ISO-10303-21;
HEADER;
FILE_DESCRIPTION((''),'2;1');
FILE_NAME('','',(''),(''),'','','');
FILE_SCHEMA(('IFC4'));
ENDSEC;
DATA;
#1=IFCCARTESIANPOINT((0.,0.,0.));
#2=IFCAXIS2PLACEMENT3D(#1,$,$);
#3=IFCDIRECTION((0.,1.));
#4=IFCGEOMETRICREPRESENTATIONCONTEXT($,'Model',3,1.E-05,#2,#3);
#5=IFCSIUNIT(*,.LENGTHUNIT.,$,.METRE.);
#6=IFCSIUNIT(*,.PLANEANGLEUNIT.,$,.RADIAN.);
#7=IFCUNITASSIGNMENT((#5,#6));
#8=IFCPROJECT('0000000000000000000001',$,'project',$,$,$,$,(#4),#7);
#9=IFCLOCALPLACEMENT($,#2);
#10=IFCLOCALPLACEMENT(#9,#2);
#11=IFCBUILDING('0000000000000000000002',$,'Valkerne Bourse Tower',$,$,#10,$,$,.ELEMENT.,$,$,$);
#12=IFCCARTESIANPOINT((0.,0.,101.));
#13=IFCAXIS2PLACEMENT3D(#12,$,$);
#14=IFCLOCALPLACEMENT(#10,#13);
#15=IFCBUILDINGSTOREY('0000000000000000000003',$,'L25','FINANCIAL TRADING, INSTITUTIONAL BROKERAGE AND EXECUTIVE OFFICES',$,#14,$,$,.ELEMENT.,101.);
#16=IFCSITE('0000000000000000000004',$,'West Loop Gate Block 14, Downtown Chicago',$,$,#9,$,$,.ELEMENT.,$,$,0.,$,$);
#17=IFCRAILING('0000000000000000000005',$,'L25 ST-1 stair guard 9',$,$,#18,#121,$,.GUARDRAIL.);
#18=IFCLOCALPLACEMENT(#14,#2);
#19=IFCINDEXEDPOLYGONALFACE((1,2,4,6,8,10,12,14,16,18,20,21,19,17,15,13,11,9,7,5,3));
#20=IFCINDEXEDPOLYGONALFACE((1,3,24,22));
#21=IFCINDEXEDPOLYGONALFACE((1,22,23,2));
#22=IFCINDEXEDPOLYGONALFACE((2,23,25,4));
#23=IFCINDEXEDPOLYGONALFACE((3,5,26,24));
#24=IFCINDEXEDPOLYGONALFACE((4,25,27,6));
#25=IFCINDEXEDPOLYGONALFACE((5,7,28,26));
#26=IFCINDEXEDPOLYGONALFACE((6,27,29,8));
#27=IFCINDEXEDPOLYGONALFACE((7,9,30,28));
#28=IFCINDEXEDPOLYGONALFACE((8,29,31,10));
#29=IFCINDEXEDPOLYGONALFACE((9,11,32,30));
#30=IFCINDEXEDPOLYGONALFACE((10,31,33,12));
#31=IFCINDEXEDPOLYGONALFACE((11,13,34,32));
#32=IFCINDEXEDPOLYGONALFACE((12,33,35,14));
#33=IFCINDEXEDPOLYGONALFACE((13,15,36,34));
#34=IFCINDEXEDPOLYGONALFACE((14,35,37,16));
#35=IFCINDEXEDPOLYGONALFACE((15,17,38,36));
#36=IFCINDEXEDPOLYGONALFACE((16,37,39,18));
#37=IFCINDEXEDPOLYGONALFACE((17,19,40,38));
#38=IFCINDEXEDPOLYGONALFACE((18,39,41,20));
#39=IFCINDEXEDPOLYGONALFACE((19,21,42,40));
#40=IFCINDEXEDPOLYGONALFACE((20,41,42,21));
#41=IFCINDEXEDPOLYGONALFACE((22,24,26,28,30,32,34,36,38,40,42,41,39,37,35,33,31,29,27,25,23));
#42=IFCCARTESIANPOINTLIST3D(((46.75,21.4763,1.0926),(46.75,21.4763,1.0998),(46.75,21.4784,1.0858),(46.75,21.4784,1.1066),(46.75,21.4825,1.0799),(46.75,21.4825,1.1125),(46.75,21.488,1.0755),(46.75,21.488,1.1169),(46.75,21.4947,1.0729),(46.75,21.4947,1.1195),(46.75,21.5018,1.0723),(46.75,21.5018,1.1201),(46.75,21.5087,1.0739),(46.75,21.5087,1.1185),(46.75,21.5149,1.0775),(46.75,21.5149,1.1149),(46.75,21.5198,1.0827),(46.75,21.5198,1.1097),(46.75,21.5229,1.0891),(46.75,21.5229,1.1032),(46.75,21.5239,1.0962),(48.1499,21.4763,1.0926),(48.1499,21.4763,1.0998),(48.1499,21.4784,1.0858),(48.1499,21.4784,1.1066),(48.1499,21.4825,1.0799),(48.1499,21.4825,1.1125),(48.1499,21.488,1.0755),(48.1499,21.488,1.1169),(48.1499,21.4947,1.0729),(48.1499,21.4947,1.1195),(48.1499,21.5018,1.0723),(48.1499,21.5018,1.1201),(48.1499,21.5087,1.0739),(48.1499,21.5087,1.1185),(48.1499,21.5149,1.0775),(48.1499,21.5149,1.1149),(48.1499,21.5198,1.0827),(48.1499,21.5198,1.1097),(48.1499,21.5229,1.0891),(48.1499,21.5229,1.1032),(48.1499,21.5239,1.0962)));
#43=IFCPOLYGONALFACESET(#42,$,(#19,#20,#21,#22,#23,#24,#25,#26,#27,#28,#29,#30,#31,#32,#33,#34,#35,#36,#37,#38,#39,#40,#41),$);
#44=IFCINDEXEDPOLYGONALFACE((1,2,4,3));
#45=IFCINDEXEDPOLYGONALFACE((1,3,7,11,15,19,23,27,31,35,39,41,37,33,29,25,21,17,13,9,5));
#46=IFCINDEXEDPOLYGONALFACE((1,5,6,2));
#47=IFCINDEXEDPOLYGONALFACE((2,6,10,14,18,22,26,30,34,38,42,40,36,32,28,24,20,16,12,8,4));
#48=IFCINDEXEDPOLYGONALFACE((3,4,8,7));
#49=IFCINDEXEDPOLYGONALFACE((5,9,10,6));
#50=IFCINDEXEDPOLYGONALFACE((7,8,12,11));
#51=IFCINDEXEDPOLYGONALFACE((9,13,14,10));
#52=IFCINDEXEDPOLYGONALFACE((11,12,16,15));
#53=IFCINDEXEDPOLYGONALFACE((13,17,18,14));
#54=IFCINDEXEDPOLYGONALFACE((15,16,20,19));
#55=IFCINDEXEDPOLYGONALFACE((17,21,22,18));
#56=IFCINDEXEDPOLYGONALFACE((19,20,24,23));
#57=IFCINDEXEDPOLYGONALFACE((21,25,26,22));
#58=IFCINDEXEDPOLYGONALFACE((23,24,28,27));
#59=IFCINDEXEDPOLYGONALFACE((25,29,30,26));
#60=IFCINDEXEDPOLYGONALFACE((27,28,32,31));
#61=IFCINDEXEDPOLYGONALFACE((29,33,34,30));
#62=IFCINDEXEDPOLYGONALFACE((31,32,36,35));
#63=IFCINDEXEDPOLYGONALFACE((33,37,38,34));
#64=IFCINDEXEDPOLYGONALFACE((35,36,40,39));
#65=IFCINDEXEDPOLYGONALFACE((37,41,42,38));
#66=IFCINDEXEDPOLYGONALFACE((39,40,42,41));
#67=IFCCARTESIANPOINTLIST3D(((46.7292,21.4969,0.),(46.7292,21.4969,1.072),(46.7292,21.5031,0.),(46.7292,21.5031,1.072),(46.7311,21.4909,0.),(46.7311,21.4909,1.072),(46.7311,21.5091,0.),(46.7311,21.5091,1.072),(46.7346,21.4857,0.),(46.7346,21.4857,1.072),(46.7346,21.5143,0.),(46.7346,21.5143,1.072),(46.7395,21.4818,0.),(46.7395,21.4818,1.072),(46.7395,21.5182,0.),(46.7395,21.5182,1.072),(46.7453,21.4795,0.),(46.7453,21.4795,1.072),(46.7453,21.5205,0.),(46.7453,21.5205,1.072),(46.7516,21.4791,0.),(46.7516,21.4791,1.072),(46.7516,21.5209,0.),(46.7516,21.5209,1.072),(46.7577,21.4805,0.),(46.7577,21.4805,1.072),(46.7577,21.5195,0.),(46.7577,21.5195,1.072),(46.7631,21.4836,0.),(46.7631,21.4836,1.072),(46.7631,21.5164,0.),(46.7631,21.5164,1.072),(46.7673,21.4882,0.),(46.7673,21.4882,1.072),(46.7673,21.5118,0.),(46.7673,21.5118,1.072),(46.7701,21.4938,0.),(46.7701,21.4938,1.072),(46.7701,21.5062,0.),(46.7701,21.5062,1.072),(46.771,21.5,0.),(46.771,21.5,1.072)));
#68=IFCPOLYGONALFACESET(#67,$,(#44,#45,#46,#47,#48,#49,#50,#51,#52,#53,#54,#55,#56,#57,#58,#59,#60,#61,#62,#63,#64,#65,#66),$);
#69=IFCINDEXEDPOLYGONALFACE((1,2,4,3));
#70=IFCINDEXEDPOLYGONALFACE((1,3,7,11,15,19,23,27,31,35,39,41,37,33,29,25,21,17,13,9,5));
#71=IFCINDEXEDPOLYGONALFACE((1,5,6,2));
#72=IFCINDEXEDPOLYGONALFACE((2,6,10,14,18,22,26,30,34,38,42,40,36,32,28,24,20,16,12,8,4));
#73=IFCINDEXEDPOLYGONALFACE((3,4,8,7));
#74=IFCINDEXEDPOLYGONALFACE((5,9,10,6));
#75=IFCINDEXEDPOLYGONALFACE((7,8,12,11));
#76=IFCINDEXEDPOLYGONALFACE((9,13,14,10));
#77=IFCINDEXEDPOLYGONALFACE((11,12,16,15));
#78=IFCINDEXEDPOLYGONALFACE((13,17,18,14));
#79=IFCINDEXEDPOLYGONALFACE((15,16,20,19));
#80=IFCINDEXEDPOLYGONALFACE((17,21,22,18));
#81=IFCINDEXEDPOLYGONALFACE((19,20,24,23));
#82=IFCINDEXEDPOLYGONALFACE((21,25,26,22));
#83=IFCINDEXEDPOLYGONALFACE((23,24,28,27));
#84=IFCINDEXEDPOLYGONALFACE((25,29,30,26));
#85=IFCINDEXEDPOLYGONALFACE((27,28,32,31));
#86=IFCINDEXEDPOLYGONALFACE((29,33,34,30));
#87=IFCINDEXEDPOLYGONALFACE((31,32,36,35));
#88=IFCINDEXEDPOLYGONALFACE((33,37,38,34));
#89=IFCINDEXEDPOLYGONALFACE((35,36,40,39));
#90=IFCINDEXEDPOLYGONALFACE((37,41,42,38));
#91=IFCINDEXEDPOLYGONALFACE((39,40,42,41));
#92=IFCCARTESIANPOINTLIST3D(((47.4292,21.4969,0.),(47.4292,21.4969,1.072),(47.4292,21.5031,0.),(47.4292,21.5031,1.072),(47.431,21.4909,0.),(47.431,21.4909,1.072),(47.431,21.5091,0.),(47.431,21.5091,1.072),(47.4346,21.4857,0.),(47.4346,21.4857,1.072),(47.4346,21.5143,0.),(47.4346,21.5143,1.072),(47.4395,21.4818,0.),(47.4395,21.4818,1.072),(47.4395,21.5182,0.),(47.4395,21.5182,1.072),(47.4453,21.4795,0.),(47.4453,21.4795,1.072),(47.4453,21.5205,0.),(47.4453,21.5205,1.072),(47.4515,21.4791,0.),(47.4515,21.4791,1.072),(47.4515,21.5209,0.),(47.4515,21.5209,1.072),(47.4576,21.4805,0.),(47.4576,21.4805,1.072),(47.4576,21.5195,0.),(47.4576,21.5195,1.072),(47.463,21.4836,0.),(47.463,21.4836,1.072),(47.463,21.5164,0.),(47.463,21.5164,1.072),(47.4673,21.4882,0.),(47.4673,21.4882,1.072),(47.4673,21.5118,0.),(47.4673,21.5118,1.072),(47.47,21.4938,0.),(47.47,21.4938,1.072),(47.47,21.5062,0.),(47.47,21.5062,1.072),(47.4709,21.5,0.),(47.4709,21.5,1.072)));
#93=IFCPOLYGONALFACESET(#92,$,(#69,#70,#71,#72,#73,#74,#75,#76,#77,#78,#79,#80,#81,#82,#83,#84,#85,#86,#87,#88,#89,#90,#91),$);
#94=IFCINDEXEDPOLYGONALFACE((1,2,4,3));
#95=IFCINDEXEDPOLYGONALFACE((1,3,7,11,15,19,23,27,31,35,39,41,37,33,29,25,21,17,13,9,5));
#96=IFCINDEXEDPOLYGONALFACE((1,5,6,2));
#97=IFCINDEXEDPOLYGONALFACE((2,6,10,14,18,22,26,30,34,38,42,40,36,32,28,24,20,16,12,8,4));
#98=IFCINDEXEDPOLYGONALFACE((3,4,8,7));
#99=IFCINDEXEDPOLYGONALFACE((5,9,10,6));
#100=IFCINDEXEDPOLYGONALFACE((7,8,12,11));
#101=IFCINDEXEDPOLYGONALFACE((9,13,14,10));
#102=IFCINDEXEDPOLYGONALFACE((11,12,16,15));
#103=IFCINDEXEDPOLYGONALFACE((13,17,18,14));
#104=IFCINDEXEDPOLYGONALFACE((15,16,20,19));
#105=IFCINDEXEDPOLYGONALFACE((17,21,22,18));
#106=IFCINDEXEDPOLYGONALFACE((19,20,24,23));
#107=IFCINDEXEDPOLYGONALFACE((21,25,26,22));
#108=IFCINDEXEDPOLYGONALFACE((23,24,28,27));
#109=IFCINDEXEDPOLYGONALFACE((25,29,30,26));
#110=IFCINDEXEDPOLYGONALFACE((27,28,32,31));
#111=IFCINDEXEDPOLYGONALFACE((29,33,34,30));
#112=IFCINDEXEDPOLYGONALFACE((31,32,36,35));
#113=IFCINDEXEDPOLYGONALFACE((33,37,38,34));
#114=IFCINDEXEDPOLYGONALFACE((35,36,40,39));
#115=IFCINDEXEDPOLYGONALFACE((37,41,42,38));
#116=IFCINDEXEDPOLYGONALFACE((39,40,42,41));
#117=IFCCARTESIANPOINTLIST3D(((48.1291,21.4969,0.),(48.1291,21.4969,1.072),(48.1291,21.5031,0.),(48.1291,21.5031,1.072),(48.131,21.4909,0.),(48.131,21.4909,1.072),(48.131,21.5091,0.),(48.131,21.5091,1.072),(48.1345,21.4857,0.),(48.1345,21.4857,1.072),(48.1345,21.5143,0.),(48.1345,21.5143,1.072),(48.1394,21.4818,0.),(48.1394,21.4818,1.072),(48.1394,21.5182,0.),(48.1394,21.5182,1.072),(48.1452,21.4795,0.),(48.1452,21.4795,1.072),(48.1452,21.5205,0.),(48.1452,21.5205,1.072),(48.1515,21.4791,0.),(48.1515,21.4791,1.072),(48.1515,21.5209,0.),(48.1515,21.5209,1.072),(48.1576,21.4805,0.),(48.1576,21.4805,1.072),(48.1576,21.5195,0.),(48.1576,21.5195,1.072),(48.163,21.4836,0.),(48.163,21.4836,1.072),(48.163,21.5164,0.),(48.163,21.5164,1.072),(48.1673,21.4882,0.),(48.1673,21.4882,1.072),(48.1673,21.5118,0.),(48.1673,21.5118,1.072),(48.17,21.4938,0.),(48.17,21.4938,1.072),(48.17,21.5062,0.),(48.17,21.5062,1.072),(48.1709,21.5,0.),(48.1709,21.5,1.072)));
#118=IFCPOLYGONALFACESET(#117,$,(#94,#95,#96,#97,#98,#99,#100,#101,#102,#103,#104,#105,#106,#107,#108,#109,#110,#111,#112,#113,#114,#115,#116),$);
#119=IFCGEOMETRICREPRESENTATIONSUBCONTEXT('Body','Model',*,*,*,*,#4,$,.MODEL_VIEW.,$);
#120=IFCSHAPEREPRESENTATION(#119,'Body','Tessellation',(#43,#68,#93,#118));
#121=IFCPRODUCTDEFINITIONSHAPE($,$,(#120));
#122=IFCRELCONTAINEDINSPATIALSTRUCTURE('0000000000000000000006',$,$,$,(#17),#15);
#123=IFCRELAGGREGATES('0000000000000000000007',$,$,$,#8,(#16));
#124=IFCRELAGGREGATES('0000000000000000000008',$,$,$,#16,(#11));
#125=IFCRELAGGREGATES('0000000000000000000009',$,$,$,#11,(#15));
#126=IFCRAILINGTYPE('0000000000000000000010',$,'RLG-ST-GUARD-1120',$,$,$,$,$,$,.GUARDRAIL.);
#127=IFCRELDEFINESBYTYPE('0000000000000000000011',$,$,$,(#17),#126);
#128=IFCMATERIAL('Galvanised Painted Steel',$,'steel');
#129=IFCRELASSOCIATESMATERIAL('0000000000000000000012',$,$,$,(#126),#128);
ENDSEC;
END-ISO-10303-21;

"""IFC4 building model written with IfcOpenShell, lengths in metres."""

from ifc_helpers import new_model, si_unit, direction, frame, origin, origin_2d, place, context, subcontext, project, spatial, circle, extrude, material, type_object, element, save


model = new_model("IFC4")

# Units and contexts
model_context = context("Model", 3, precision=1e-05, world=origin(), true_north=direction((0.0, 1.0)))
body_context = subcontext(model_context, "Body", "Model", "MODEL_VIEW")
ifc_project = project(units=[si_unit("LENGTHUNIT", "METRE"), si_unit("PLANEANGLEUNIT", "RADIAN")], contexts=[model_context])

# Site, building, storey
site_placement = place(None, origin())
site = spatial("IfcSite", under=ifc_project, at=site_placement, Name="West Loop Gate Block 14, Downtown Chicago", CompositionType="ELEMENT", RefElevation=0.0)
building_placement = place(site_placement, origin())
building = spatial("IfcBuilding", under=site, at=building_placement, Name="Valkerne Bourse Tower", CompositionType="ELEMENT")
storey_placement = place(building_placement, frame((0.0, 0.0, 101.0)))
storey = spatial("IfcBuildingStorey", under=building, at=storey_placement, Name="L25", Description="FINANCIAL TRADING, INSTITUTIONAL BROKERAGE AND EXECUTIVE OFFICES", CompositionType="ELEMENT", Elevation=101.0)

# Shared definitions
ifc_material_1 = material(Name="Galvanised Painted Steel", Category="steel")

# Railing
railing_type_1 = type_object("IfcRailingType", Name="RLG-ST-GUARD-1120", PredefinedType="GUARDRAIL", material=ifc_material_1)
for number, where, name in (
    (1, (46.75, 21.5, 0.0), "L25 ST-1 stair guard 9"),
):
    element("IfcRailing", number, at=place(storey_placement, frame(where)), inside=storey, type_object=railing_type_1, Name=name, PredefinedType="GUARDRAIL", context=body_context, shape_type="SweptSolid", body=[
        extrude(circle(Radius=0.0239, at=origin_2d()), frame((0.0, 0.0, 1.0962), z_axis=(1.0, 0.0, 0.0), x_axis=(0.0, 1.0, 0.0)), (0.0, 0.0, 1.0), 1.3999),
        extrude(circle(Radius=0.021, at=origin_2d()), origin(), (0.0, 0.0, 1.0), 1.072),
        extrude(circle(Radius=0.021, at=origin_2d()), frame((0.7, 0.0, 0.0)), (0.0, 0.0, 1.0), 1.072),
        extrude(circle(Radius=0.021, at=origin_2d()), frame((1.3999, 0.0, 0.0)), (0.0, 0.0, 1.0), 1.072),
    ])

save(model, "model.ifc")
